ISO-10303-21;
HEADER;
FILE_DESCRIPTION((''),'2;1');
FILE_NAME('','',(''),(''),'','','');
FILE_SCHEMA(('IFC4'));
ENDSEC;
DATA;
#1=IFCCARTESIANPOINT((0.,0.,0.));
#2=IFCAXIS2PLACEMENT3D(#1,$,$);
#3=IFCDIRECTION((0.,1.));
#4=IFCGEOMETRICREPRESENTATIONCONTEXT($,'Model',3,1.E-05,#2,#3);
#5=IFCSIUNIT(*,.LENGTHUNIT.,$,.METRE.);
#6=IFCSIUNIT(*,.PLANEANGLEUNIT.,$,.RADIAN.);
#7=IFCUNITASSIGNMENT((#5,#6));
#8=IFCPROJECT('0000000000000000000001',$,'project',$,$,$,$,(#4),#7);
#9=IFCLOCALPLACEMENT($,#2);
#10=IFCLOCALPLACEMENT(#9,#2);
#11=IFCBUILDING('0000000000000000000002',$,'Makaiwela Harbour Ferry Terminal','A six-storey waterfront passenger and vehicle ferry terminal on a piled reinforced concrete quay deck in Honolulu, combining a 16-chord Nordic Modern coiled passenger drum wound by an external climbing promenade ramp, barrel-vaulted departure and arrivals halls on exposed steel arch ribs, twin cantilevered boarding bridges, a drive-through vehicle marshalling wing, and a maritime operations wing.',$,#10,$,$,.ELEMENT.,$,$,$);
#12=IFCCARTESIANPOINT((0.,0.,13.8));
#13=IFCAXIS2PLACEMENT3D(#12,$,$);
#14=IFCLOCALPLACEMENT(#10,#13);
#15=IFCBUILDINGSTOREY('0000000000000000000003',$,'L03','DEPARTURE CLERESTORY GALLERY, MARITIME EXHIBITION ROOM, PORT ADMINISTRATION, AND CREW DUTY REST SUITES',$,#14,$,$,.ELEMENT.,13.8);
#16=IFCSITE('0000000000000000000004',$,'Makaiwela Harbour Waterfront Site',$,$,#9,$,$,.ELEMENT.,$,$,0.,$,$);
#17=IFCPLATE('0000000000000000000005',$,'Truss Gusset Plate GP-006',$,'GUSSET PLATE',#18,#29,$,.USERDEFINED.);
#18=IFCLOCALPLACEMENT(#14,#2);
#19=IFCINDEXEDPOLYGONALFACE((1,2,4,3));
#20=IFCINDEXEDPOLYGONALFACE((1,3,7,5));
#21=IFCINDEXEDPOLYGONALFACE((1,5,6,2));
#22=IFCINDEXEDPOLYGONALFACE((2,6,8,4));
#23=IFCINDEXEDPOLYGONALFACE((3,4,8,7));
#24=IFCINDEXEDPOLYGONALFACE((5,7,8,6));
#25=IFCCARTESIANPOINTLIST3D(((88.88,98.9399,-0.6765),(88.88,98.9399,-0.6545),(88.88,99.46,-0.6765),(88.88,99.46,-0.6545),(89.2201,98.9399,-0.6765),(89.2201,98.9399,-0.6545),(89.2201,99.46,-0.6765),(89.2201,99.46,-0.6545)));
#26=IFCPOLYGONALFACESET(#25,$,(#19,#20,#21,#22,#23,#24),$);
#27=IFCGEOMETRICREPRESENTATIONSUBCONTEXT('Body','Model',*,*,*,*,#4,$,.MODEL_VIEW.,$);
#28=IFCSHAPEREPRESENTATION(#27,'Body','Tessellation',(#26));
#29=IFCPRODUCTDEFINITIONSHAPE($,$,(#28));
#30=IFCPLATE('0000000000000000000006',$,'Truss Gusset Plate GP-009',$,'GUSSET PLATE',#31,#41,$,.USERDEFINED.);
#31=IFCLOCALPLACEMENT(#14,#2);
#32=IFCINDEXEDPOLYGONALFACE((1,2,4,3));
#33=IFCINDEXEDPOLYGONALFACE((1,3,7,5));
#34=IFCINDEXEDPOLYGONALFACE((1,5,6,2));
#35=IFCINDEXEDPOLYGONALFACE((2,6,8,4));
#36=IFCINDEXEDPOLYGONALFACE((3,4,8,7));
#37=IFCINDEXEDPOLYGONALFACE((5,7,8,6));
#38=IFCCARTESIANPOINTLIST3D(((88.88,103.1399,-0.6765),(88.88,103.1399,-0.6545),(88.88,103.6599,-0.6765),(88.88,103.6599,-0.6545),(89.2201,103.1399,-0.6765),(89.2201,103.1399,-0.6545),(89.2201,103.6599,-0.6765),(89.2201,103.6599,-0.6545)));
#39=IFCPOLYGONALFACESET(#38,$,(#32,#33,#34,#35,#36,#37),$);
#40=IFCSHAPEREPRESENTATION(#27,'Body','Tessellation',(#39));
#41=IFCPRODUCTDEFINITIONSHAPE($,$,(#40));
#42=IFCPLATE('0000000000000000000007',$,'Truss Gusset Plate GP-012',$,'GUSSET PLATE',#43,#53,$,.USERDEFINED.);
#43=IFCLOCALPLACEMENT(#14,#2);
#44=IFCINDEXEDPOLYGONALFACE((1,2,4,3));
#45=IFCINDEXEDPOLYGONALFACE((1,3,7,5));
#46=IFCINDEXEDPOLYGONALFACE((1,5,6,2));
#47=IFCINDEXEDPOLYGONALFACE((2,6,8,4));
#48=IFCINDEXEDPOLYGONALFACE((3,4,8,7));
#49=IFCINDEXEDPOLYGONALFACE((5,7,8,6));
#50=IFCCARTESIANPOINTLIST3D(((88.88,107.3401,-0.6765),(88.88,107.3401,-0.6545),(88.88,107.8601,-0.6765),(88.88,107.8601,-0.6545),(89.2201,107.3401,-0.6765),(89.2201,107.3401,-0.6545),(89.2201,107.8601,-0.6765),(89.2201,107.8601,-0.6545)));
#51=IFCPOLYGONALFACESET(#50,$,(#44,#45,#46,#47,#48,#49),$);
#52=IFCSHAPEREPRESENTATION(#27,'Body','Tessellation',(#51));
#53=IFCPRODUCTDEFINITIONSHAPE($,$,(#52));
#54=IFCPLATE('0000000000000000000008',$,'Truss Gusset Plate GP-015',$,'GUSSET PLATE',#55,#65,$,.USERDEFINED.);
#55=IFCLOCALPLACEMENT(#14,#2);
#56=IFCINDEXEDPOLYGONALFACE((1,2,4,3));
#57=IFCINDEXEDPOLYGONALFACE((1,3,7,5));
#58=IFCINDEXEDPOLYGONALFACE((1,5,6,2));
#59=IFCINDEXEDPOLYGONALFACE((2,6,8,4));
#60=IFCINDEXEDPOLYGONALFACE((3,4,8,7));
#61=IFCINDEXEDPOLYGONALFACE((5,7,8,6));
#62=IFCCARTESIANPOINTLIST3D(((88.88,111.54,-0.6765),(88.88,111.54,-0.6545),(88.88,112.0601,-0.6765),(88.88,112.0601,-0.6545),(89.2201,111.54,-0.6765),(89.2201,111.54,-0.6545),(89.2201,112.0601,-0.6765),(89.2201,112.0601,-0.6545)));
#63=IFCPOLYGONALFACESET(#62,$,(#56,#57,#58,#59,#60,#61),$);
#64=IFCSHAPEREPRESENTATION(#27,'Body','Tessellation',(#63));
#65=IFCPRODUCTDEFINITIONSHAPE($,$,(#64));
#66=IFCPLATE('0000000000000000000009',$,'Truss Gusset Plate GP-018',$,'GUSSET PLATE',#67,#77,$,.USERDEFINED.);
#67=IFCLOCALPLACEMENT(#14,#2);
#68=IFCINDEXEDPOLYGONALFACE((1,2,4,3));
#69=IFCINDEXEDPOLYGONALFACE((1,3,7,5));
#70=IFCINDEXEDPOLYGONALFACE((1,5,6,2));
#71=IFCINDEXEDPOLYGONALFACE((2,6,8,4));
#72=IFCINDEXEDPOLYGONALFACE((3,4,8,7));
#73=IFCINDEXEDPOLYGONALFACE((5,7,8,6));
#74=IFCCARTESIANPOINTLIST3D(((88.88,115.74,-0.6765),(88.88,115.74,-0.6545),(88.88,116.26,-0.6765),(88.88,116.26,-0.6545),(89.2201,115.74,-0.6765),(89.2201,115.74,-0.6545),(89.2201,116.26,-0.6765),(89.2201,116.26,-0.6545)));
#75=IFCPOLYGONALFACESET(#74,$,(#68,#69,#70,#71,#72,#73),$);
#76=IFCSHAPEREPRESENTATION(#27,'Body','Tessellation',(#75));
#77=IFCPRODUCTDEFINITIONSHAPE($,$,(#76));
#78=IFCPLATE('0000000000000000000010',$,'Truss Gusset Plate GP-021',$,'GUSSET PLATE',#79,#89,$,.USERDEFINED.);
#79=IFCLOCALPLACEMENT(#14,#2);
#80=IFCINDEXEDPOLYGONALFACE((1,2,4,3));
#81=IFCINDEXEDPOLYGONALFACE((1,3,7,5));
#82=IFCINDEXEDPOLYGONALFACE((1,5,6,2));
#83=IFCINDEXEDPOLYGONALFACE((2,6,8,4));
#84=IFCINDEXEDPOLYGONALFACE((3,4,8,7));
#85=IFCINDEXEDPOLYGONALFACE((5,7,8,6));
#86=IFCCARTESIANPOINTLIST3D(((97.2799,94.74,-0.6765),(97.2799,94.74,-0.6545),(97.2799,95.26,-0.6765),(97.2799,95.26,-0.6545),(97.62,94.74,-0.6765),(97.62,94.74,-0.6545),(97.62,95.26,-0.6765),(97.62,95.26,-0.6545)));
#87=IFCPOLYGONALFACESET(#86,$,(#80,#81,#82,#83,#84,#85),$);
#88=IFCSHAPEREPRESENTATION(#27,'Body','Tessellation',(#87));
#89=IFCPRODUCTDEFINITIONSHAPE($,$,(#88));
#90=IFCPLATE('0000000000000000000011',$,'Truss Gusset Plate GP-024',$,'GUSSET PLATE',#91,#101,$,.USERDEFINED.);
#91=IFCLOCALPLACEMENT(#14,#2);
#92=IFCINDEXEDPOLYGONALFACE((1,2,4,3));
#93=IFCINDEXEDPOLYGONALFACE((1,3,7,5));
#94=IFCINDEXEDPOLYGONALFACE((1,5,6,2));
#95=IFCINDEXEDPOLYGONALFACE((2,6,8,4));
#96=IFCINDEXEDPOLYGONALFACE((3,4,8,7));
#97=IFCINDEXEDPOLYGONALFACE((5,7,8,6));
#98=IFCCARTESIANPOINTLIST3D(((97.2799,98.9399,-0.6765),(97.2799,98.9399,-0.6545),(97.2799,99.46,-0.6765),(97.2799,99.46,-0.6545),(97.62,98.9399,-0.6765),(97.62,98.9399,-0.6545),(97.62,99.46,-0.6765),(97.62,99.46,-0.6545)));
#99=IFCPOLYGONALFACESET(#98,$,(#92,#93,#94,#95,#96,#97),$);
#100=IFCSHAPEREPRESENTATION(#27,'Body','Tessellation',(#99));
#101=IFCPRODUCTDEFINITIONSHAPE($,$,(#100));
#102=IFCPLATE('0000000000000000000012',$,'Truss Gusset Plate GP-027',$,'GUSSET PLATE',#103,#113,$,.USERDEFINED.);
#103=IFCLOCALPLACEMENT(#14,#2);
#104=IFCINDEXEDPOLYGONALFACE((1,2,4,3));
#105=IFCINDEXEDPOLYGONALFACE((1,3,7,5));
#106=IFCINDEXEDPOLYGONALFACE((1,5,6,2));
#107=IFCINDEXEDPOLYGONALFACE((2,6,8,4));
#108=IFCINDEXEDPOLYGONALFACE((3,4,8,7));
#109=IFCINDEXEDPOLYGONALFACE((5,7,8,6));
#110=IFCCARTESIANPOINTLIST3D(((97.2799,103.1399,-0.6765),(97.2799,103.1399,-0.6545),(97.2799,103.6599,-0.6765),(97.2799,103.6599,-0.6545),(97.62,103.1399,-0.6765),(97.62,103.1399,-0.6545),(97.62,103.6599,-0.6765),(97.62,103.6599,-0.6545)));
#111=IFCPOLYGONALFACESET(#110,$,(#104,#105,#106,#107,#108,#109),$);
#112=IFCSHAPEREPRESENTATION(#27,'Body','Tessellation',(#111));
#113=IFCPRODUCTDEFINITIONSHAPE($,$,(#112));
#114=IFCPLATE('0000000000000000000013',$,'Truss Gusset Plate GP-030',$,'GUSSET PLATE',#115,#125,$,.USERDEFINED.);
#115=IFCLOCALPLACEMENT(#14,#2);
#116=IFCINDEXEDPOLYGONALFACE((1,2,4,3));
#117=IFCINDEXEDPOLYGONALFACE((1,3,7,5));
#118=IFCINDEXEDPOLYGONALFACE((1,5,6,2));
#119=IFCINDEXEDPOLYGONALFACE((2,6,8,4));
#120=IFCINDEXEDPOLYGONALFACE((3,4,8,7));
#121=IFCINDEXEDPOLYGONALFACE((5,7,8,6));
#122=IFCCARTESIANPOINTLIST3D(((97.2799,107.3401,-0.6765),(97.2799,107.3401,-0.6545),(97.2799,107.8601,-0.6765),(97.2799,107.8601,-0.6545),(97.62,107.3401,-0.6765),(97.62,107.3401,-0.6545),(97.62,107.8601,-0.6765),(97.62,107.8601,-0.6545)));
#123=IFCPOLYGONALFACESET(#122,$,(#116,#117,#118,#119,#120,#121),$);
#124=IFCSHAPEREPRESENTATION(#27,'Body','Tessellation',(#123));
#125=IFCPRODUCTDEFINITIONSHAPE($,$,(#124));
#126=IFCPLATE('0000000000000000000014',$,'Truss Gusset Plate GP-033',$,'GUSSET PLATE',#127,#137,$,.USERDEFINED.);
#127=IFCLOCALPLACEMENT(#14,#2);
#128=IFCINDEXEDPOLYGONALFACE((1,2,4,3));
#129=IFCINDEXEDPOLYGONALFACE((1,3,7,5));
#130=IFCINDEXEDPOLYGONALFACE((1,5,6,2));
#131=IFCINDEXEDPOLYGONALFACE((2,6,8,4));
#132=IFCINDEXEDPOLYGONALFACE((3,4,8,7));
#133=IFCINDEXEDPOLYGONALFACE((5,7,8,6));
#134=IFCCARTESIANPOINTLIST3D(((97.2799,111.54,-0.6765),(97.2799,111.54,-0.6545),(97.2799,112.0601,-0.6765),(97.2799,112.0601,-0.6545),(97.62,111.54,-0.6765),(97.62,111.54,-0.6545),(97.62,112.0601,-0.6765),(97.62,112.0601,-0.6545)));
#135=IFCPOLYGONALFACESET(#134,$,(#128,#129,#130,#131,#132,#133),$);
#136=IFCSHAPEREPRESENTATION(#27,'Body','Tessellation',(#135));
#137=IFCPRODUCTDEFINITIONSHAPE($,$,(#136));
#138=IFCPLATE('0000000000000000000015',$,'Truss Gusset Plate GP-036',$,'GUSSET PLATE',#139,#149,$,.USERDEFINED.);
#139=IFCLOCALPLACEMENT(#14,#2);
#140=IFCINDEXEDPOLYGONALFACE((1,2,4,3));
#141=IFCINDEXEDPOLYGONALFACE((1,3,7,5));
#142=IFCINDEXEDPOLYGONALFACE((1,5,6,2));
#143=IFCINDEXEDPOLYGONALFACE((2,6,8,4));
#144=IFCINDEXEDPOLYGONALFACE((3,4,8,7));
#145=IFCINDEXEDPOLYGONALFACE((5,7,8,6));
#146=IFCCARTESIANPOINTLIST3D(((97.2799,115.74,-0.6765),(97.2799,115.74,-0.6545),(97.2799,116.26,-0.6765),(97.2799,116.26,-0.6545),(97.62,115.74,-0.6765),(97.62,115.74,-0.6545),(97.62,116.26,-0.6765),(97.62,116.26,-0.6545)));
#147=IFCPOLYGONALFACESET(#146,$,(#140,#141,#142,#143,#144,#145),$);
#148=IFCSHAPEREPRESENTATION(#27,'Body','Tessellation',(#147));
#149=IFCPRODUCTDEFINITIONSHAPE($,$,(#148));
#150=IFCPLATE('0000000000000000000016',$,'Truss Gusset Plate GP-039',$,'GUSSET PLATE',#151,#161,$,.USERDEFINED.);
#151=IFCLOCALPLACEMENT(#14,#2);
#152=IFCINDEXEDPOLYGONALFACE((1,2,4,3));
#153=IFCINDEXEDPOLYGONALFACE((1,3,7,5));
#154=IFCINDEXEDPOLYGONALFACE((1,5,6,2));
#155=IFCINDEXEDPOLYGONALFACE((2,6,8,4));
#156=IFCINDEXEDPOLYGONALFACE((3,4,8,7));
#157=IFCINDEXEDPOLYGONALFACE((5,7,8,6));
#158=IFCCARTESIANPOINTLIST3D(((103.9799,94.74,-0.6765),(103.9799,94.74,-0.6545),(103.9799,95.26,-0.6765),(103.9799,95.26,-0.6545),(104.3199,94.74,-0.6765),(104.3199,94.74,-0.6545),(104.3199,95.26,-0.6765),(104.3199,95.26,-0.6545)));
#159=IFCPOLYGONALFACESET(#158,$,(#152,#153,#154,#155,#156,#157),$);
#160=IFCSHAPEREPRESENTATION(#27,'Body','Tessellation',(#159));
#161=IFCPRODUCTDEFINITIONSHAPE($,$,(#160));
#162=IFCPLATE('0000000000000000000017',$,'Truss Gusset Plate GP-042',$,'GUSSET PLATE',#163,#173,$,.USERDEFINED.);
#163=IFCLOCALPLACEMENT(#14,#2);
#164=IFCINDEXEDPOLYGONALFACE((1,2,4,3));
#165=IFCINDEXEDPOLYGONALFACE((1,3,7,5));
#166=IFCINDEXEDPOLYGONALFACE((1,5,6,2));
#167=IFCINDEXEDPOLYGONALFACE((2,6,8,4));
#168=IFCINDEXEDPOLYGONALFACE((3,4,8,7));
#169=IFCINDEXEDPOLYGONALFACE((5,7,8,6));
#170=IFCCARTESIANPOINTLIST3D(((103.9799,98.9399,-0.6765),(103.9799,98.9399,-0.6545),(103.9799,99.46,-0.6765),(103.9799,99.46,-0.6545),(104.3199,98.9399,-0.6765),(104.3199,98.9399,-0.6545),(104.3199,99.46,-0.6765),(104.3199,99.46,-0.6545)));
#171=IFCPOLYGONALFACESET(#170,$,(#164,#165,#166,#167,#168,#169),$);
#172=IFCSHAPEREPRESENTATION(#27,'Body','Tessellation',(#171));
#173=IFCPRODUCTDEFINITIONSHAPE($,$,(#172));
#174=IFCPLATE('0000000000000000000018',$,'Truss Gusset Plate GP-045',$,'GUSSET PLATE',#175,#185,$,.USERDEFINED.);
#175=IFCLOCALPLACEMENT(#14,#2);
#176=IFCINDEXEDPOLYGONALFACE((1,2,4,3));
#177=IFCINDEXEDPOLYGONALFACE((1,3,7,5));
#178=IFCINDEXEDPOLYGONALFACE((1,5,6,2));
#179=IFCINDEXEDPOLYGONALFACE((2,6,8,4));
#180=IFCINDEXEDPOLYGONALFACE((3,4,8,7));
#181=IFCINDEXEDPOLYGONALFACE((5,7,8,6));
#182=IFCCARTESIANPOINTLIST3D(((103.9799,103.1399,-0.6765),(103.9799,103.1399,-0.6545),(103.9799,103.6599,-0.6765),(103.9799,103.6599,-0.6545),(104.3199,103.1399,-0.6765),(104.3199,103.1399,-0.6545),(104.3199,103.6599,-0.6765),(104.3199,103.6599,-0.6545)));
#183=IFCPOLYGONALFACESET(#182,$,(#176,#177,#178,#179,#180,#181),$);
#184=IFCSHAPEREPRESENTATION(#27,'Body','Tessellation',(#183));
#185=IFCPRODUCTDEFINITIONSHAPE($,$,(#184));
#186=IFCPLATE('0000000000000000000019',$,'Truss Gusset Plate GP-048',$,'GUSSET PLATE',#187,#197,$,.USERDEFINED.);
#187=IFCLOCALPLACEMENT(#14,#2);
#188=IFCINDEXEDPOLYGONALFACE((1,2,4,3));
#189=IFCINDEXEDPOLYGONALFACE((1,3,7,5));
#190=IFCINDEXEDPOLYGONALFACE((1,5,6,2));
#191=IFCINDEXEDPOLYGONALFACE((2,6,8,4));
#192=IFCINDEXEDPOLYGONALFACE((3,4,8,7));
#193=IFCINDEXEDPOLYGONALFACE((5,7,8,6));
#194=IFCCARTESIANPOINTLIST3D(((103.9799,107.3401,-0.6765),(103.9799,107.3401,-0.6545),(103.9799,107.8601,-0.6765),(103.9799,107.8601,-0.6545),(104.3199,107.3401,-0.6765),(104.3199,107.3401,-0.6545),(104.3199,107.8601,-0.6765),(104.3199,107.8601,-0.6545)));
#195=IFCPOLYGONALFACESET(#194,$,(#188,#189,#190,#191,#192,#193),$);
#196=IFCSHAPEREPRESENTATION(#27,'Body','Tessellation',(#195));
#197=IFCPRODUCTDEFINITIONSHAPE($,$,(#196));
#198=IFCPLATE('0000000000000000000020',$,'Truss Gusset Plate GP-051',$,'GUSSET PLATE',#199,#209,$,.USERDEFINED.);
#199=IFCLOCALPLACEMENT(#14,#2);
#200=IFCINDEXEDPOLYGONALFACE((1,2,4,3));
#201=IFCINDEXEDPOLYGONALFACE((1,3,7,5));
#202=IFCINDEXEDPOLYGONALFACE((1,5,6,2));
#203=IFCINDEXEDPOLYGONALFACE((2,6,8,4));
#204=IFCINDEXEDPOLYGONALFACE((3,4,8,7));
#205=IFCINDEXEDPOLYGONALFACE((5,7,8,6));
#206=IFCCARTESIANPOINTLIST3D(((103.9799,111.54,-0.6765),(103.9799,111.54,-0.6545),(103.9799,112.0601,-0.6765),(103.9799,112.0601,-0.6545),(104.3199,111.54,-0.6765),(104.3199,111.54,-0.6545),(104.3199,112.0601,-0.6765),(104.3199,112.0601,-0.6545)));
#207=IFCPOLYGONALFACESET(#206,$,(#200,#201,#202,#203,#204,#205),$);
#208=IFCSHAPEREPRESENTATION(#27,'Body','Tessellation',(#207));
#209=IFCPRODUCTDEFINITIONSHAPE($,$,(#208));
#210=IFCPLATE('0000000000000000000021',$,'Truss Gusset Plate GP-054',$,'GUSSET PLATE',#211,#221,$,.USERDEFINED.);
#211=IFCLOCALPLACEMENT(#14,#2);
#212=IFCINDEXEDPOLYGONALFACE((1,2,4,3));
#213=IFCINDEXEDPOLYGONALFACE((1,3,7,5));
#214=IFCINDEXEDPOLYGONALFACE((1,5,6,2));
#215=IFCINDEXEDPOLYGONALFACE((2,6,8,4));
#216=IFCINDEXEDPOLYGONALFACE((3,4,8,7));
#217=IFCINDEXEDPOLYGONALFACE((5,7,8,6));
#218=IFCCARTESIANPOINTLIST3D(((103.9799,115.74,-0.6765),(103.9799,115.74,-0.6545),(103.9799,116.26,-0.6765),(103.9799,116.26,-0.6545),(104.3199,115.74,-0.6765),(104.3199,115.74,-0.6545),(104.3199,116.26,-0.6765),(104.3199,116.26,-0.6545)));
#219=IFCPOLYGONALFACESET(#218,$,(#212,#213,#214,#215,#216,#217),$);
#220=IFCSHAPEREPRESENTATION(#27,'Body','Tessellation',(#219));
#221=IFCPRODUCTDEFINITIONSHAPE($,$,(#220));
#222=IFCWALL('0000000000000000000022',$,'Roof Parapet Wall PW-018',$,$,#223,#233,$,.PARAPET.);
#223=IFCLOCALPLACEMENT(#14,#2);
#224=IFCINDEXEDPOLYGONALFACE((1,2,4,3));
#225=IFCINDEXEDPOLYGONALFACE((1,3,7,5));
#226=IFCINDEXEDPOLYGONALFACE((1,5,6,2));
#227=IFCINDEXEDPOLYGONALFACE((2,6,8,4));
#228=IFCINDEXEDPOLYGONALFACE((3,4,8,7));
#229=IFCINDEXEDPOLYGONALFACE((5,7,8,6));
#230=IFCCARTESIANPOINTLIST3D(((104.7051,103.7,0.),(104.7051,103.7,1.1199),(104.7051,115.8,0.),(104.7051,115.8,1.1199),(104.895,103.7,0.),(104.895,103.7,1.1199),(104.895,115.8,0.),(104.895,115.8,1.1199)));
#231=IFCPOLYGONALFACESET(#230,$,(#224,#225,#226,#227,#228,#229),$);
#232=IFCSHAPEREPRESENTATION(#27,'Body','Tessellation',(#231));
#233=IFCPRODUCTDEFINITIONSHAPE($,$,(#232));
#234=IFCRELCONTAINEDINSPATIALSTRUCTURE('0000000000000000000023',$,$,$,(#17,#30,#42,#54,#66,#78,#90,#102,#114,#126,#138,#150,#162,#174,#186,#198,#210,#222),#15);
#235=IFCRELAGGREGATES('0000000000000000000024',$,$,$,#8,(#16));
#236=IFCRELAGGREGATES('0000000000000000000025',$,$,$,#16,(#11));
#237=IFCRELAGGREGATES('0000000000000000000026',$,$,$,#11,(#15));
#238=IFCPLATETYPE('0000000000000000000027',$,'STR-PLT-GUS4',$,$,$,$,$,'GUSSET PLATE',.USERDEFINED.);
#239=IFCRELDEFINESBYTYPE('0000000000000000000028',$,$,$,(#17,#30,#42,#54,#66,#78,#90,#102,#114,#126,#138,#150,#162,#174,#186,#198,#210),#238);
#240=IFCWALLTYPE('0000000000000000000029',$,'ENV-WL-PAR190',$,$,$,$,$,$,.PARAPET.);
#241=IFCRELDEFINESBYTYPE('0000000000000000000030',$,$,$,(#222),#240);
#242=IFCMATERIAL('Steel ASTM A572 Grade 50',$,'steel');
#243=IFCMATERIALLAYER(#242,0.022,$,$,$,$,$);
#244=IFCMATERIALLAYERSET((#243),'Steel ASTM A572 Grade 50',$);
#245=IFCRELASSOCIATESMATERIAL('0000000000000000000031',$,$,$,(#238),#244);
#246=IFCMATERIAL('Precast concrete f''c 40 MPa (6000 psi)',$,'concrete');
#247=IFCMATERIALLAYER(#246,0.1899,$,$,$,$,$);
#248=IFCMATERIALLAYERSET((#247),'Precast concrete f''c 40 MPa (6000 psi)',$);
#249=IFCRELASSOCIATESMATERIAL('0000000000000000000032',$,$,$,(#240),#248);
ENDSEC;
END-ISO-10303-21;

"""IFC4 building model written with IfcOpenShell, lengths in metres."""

from ifc_helpers import new_model, si_unit, direction, frame, frame_2d, origin, origin_2d, place, context, subcontext, project, spatial, rectangle, extrude, material, layer, layer_set, type_object, element, save


model = new_model("IFC4")

# Units and contexts
model_context = context("Model", 3, precision=1e-05, world=origin(), true_north=direction((0.0, 1.0)))
body_context = subcontext(model_context, "Body", "Model", "MODEL_VIEW")
ifc_project = project(units=[si_unit("LENGTHUNIT", "METRE"), si_unit("PLANEANGLEUNIT", "RADIAN")], contexts=[model_context])

# Site, building, storey
site_placement = place(None, origin())
site = spatial("IfcSite", under=ifc_project, at=site_placement, Name="Makaiwela Harbour Waterfront Site", CompositionType="ELEMENT", RefElevation=0.0)
building_placement = place(site_placement, origin())
building = spatial("IfcBuilding", under=site, at=building_placement, Name="Makaiwela Harbour Ferry Terminal", Description="A six-storey waterfront passenger and vehicle ferry terminal on a piled reinforced concrete quay deck in Honolulu, combining a 16-chord Nordic Modern coiled passenger drum wound by an external climbing promenade ramp, barrel-vaulted departure and arrivals halls on exposed steel arch ribs, twin cantilevered boarding bridges, a drive-through vehicle marshalling wing, and a maritime operations wing.", CompositionType="ELEMENT")
storey_placement = place(building_placement, frame((0.0, 0.0, 13.8)))
storey = spatial("IfcBuildingStorey", under=building, at=storey_placement, Name="L03", Description="DEPARTURE CLERESTORY GALLERY, MARITIME EXHIBITION ROOM, PORT ADMINISTRATION, AND CREW DUTY REST SUITES", CompositionType="ELEMENT", Elevation=13.8)

# Plates
ifc_material_1 = material(Name="Steel ASTM A572 Grade 50", Category="steel")
ifc_layer_1 = layer(ifc_material_1, 0.022)
ifc_layer_set_1 = layer_set([ifc_layer_1], Name="Steel ASTM A572 Grade 50")
plate_type = type_object("IfcPlateType", Name="STR-PLT-GUS4", ElementType="GUSSET PLATE", PredefinedType="USERDEFINED", material=ifc_layer_set_1)
for number, where, z_axis, x_axis, name in (
    (1, (89.05, 99.2, -0.6765), (0.0, 0.0, 1.0), (0.0, 1.0, 0.0), "Truss Gusset Plate GP-006"),
    (2, (89.05, 103.3999, -0.6765), (0.0, 0.0, 1.0), (0.0, 1.0, 0.0), "Truss Gusset Plate GP-009"),
    (3, (89.05, 107.6001, -0.6765), (0.0, 0.0, 1.0), (0.0, 1.0, 0.0), "Truss Gusset Plate GP-012"),
    (4, (89.05, 111.8, -0.6765), (0.0, 0.0, 1.0), (0.0, 1.0, 0.0), "Truss Gusset Plate GP-015"),
    (5, (89.05, 116.0, -0.6765), (0.0, 0.0, 1.0), (0.0, 1.0, 0.0), "Truss Gusset Plate GP-018"),
    (6, (97.45, 95.0, -0.6765), (0.0, 0.0, 1.0), (0.0, 1.0, 0.0), "Truss Gusset Plate GP-021"),
    (7, (97.45, 99.2, -0.6765), (0.0, 0.0, 1.0), (0.0, 1.0, 0.0), "Truss Gusset Plate GP-024"),
    (8, (97.45, 103.3999, -0.6765), (0.0, 0.0, 1.0), (0.0, 1.0, 0.0), "Truss Gusset Plate GP-027"),
    (9, (97.45, 107.6001, -0.6765), (0.0, 0.0, 1.0), (0.0, 1.0, 0.0), "Truss Gusset Plate GP-030"),
    (10, (97.45, 111.8, -0.6765), (0.0, 0.0, 1.0), (0.0, 1.0, 0.0), "Truss Gusset Plate GP-033"),
    (11, (97.45, 116.0, -0.6765), (0.0, 0.0, 1.0), (0.0, 1.0, 0.0), "Truss Gusset Plate GP-036"),
    (12, (104.1499, 95.0, -0.6765), (0.0, 0.0, 1.0), (0.0, 1.0, 0.0), "Truss Gusset Plate GP-039"),
    (13, (104.1499, 99.2, -0.6765), (0.0, 0.0, 1.0), (0.0, 1.0, 0.0), "Truss Gusset Plate GP-042"),
    (14, (104.1499, 103.3999, -0.6765), (0.0, 0.0, 1.0), (0.0, 1.0, 0.0), "Truss Gusset Plate GP-045"),
    (15, (104.1499, 107.6001, -0.6765), (0.0, 0.0, 1.0), (0.0, 1.0, 0.0), "Truss Gusset Plate GP-048"),
    (16, (104.1499, 111.8, -0.6765), (0.0, 0.0, 1.0), (0.0, 1.0, 0.0), "Truss Gusset Plate GP-051"),
    (17, (104.1499, 116.0, -0.6765), (0.0, 0.0, 1.0), (0.0, 1.0, 0.0), "Truss Gusset Plate GP-054"),
):
    element("IfcPlate", number, at=place(storey_placement, frame(where, z_axis=z_axis, x_axis=x_axis)), inside=storey, type_object=plate_type, Name=name, ObjectType="GUSSET PLATE", PredefinedType="USERDEFINED", context=body_context, shape_type="SweptSolid", body=[
        extrude(rectangle(XDim=0.52, YDim=0.3401, at=origin_2d()), origin(), (0.0, 0.0, 1.0), 0.022),
    ])

# Wall
ifc_material_2 = material(Name="Precast concrete f'c 40 MPa (6000 psi)", Category="concrete")
ifc_layer_2 = layer(ifc_material_2, 0.1899)
ifc_layer_set_2 = layer_set([ifc_layer_2], Name="Precast concrete f'c 40 MPa (6000 psi)")
wall_type = type_object("IfcWallType", Name="ENV-WL-PAR190", PredefinedType="PARAPET", material=ifc_layer_set_2)
wall_placement = place(storey_placement, frame((104.8, 115.8, 0.0), z_axis=(0.0, 0.0, 1.0), x_axis=(0.0, -1.0, 0.0)))
element("IfcWall", 18, at=wall_placement, inside=storey, type_object=wall_type, Name="Roof Parapet Wall PW-018", PredefinedType="PARAPET", context=body_context, shape_type="SweptSolid", body=[
    extrude(rectangle(XDim=12.1001, YDim=0.1899, at=frame_2d((6.05, 0.0))), origin(), (0.0, 0.0, 1.0), 1.1199),
])

save(model, "model.ifc")
